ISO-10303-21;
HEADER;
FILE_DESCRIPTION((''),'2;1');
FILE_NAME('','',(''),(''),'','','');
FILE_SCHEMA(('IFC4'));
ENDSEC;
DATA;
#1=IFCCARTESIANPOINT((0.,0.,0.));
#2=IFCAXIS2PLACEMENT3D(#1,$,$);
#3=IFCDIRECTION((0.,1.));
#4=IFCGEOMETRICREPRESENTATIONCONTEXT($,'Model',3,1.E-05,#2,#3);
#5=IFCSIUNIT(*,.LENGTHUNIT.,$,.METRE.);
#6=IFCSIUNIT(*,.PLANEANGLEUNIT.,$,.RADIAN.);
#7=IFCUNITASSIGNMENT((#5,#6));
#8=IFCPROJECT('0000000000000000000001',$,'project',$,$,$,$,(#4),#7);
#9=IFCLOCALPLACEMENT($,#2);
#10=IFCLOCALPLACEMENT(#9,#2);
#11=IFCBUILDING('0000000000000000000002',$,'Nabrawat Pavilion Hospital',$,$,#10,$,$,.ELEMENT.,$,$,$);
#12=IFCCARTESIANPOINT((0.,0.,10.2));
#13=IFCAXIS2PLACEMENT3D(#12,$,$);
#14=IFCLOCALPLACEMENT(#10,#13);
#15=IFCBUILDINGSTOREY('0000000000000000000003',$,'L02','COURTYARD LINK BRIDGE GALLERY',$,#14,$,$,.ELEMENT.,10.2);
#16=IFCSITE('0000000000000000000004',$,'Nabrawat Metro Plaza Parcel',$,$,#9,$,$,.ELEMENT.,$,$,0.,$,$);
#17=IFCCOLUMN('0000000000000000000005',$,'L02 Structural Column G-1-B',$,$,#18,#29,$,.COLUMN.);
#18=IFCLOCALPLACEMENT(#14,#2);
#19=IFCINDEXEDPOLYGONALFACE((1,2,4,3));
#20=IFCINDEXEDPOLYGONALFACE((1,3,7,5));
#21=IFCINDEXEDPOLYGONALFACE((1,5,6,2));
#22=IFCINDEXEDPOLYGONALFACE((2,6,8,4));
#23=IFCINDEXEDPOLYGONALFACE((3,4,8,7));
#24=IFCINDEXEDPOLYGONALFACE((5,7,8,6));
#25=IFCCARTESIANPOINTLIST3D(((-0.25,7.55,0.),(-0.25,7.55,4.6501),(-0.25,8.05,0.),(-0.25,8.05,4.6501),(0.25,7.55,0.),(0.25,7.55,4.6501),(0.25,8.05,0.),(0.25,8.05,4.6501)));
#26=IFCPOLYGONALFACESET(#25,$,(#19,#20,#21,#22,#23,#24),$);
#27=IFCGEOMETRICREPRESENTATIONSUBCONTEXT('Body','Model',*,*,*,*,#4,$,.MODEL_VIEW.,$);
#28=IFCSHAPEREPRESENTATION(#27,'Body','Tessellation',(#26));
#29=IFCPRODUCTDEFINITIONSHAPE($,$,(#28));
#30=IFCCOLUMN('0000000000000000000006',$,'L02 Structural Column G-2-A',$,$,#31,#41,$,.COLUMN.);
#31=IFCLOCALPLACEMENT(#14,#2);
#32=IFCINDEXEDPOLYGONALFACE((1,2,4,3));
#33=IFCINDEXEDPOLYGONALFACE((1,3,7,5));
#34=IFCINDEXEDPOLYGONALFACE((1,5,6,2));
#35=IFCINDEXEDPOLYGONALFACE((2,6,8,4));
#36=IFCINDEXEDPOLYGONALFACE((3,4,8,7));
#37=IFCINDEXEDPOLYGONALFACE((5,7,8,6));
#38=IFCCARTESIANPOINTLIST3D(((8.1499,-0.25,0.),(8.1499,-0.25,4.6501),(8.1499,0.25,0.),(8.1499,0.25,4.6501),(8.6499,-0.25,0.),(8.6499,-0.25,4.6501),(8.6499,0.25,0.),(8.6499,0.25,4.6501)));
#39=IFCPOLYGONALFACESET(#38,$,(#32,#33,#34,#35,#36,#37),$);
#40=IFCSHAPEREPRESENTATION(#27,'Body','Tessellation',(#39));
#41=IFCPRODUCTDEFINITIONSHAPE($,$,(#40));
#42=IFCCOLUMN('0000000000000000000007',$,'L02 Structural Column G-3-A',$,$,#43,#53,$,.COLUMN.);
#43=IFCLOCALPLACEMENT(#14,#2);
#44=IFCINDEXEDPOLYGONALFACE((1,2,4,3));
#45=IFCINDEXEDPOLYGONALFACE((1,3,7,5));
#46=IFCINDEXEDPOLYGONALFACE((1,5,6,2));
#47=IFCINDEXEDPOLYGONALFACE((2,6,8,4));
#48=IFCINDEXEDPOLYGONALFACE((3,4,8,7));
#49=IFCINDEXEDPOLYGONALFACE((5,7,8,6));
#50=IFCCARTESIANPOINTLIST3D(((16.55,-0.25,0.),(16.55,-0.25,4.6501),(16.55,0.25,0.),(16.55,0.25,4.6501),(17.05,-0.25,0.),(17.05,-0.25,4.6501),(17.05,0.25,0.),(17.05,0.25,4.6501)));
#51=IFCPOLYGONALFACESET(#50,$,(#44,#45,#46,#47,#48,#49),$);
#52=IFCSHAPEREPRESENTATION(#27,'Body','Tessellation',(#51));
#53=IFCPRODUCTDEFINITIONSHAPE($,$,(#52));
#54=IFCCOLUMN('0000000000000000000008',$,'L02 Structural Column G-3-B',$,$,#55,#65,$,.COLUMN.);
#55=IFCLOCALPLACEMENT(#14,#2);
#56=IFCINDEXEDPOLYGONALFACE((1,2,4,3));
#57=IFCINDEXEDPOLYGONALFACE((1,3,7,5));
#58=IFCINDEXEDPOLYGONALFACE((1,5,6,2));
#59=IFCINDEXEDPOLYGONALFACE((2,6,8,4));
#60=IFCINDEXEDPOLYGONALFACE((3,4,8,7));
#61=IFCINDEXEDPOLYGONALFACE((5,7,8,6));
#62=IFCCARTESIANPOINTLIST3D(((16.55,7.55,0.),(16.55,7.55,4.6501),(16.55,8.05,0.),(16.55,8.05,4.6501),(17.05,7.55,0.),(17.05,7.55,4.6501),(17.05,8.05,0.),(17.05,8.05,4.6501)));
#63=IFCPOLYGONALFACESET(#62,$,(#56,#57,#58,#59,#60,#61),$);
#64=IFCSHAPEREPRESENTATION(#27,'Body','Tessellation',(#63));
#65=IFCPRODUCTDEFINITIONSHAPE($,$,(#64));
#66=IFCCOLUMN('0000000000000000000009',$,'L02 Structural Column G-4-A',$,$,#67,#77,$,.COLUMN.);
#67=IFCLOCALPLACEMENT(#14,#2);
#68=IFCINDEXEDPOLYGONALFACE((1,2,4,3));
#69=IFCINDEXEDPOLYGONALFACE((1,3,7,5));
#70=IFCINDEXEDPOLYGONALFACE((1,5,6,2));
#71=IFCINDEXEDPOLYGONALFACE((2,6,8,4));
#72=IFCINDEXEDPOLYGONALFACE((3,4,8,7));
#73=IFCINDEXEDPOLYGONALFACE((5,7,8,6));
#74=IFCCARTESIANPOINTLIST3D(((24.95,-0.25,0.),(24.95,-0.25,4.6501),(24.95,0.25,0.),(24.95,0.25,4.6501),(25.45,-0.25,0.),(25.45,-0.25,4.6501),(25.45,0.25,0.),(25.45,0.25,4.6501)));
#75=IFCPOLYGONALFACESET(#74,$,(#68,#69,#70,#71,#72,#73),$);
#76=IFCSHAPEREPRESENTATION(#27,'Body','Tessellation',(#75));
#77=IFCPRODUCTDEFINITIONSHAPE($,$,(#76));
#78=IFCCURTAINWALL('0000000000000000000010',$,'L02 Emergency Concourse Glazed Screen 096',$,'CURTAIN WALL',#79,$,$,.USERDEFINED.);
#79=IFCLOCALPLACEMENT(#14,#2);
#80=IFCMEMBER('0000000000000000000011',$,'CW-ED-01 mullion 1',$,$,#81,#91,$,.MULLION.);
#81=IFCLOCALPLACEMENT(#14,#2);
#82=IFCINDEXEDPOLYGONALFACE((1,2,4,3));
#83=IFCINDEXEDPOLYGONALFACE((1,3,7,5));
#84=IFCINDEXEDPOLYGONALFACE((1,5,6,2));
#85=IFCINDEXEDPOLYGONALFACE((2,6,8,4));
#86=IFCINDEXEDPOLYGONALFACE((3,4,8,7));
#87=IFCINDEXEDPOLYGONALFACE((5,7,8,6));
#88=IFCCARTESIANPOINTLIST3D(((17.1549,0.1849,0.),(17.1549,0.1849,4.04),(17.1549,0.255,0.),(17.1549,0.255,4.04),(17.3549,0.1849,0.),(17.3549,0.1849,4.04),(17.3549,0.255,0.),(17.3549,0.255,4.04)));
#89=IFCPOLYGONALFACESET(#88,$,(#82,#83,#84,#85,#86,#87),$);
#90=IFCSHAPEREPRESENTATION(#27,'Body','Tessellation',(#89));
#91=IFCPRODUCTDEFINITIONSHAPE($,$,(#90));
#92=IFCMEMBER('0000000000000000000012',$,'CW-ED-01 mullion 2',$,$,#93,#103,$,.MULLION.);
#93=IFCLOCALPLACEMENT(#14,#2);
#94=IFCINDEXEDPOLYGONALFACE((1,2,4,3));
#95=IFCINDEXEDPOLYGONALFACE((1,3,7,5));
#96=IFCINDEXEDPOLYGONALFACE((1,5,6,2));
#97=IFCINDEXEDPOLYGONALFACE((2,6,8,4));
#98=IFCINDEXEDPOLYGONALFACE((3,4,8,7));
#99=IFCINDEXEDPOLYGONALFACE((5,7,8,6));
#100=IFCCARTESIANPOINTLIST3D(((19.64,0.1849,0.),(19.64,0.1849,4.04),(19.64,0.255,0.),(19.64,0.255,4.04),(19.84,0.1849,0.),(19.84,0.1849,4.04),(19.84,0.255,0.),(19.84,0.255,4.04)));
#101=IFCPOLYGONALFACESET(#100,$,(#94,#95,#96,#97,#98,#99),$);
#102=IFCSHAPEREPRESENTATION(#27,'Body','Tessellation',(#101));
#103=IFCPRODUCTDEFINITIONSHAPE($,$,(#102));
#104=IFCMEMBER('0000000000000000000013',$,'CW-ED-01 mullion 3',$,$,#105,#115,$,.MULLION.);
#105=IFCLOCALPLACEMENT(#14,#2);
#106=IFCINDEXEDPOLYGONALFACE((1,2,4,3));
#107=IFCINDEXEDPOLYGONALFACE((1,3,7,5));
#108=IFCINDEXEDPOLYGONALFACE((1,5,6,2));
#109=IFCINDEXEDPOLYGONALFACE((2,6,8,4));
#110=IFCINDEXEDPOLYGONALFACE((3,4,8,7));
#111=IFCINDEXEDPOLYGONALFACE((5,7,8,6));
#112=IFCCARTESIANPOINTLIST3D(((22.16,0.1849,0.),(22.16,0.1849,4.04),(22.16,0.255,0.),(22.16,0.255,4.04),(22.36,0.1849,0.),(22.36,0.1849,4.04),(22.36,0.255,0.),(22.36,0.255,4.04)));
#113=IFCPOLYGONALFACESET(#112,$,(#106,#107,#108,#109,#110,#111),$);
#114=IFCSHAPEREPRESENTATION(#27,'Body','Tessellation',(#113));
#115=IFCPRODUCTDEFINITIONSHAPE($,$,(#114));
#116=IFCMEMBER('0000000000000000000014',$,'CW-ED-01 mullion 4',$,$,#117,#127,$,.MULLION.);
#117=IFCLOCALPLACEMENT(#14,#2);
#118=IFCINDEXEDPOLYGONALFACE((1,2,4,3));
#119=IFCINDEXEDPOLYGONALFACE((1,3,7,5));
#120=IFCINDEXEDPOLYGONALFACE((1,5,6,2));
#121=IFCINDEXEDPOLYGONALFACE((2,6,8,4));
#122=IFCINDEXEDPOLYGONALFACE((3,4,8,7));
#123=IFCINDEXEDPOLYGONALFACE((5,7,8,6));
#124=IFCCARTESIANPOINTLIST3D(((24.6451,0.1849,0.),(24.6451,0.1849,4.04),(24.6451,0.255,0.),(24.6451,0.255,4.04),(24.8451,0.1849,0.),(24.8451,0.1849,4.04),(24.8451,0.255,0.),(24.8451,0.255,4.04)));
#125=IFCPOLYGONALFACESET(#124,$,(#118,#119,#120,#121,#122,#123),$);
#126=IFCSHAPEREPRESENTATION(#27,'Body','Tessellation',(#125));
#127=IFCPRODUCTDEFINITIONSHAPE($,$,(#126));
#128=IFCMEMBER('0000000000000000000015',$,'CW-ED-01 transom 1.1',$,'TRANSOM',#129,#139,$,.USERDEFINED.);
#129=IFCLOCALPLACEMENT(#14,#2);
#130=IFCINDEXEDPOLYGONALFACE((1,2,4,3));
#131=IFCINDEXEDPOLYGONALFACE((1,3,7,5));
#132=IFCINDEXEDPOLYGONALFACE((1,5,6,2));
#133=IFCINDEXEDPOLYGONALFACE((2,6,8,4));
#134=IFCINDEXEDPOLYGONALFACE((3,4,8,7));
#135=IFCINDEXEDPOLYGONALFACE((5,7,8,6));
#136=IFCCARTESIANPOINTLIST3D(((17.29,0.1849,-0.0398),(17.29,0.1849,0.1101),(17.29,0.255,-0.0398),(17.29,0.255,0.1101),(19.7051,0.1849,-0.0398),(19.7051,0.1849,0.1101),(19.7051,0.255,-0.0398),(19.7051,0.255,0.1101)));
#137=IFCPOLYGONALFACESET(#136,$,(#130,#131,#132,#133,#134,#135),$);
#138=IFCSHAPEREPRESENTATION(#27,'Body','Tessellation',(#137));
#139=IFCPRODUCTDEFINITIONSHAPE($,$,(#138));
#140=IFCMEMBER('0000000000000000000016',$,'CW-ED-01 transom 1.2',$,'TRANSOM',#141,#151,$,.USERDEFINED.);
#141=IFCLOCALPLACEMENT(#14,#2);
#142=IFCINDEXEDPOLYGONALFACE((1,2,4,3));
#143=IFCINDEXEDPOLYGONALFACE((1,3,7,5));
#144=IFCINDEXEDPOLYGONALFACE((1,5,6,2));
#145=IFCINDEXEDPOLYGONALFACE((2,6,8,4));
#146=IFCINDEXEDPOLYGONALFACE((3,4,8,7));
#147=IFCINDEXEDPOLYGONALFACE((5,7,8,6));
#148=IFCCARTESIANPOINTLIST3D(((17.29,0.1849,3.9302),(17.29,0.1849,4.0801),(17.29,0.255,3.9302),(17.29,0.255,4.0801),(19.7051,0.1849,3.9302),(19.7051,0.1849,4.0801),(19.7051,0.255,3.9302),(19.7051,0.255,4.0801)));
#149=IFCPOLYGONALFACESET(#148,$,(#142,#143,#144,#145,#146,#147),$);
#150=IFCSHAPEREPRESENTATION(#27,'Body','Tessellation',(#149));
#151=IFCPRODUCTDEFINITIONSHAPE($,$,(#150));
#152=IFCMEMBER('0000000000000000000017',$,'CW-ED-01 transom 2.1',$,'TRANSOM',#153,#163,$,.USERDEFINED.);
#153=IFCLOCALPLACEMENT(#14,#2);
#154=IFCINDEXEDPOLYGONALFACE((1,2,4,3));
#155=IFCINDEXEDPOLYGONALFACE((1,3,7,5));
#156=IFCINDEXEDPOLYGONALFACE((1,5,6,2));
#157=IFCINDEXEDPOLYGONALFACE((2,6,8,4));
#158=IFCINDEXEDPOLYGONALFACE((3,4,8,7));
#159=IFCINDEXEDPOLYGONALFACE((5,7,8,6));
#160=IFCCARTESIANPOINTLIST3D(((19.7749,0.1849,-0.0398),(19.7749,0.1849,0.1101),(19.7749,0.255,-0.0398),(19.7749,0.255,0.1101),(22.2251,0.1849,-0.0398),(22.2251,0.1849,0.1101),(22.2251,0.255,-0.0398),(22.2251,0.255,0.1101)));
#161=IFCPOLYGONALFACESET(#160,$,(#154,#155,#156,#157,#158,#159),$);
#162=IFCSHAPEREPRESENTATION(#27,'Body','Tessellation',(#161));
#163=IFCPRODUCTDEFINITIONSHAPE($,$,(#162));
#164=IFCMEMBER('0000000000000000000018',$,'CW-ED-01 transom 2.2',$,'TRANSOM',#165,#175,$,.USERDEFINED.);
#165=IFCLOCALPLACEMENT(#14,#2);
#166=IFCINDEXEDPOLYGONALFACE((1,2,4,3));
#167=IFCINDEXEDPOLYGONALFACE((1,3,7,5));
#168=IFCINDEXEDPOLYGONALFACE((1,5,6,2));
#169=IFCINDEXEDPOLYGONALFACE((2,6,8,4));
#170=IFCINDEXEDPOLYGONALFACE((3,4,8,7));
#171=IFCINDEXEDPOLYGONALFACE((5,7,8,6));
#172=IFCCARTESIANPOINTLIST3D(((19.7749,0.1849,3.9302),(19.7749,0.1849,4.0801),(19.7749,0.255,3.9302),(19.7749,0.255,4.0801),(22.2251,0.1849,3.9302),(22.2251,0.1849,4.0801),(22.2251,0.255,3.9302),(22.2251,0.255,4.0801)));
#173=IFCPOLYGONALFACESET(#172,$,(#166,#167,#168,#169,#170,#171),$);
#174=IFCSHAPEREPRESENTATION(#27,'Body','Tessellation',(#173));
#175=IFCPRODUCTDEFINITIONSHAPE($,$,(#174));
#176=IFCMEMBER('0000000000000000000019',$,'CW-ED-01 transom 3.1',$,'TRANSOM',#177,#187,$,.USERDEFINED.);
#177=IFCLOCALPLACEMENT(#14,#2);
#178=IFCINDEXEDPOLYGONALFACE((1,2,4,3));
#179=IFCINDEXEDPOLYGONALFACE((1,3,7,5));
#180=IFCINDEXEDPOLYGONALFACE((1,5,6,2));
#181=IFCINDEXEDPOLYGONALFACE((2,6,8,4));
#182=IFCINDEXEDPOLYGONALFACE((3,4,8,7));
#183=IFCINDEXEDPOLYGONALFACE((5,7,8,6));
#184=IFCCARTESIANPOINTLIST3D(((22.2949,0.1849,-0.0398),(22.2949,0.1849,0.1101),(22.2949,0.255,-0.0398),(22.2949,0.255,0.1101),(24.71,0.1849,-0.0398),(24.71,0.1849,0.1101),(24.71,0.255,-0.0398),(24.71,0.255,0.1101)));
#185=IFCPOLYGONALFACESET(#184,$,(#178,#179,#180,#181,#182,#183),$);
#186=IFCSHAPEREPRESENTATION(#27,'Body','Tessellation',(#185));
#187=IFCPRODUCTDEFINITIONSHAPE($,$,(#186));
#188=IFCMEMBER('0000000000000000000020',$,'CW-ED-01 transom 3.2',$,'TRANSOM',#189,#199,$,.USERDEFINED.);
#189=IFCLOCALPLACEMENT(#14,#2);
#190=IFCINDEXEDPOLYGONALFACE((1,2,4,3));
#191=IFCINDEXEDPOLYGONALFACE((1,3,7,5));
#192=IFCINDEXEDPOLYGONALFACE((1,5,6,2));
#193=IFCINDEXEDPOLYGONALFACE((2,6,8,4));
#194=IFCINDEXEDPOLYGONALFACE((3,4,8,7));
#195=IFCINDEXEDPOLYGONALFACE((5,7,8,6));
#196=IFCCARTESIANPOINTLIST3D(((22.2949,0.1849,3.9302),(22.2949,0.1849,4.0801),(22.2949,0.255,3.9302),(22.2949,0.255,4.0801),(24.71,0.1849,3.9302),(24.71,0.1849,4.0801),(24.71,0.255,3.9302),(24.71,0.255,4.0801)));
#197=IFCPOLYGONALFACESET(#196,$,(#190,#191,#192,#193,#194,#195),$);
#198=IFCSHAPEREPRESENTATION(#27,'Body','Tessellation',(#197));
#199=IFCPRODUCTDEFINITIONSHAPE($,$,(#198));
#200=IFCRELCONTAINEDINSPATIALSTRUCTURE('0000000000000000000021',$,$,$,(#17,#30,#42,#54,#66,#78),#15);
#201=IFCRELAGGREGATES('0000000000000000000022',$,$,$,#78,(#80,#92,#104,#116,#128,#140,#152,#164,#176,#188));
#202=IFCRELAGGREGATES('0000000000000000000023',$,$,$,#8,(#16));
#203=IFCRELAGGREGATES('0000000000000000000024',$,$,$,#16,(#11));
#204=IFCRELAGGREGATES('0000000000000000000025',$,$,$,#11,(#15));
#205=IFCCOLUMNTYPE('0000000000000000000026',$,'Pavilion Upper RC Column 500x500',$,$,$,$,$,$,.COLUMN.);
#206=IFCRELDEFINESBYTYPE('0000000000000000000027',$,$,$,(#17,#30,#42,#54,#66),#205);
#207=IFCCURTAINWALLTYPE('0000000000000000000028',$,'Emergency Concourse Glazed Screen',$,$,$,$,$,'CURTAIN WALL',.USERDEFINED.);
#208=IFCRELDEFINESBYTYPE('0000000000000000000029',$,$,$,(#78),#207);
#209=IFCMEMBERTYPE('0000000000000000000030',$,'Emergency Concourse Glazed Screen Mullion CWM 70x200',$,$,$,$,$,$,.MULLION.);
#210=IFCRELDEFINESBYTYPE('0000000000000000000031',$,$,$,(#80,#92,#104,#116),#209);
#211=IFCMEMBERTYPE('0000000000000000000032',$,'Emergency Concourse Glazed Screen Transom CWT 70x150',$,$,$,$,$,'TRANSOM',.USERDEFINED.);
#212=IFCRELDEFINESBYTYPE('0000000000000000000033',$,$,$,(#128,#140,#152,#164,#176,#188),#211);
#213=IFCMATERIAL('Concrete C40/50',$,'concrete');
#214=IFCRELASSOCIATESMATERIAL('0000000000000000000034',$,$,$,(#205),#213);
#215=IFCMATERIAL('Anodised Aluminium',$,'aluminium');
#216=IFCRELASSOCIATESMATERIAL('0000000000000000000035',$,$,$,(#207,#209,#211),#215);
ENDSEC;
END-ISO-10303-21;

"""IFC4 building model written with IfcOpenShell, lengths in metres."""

from ifc_helpers import new_model, si_unit, direction, frame, origin, origin_2d, place, context, subcontext, project, spatial, rectangle, extrude, material, material_profile, profile_set, type_object, element, aggregate, save


model = new_model("IFC4")

# Units and contexts
model_context = context("Model", 3, precision=1e-05, world=origin(), true_north=direction((0.0, 1.0)))
body_context = subcontext(model_context, "Body", "Model", "MODEL_VIEW")
ifc_project = project(units=[si_unit("LENGTHUNIT", "METRE"), si_unit("PLANEANGLEUNIT", "RADIAN")], contexts=[model_context])

# Site, building, storey
site_placement = place(None, origin())
site = spatial("IfcSite", under=ifc_project, at=site_placement, Name="Nabrawat Metro Plaza Parcel", CompositionType="ELEMENT", RefElevation=0.0)
building_placement = place(site_placement, origin())
building = spatial("IfcBuilding", under=site, at=building_placement, Name="Nabrawat Pavilion Hospital", CompositionType="ELEMENT")
storey_placement = place(building_placement, frame((0.0, 0.0, 10.2)))
storey = spatial("IfcBuildingStorey", under=building, at=storey_placement, Name="L02", Description="COURTYARD LINK BRIDGE GALLERY", CompositionType="ELEMENT", Elevation=10.2)

# Columns
ifc_material_1 = material(Name="Concrete C40/50", Category="concrete")
ifc_material_profile_1 = material_profile(ifc_material_1, rectangle(XDim=0.5, YDim=0.5, at=origin_2d()), Name="RC 500x500")
ifc_profile_set_1 = profile_set([ifc_material_profile_1], Name="Concrete C40/50")
column_type = type_object("IfcColumnType", Name="Pavilion Upper RC Column 500x500", PredefinedType="COLUMN", material=ifc_profile_set_1)
for number, where, z_axis, x_axis, name in (
    (1, (0.0, 7.8, 0.0), (0.0, 0.0, 1.0), (1.0, 0.0, 0.0), "L02 Structural Column G-1-B"),
    (2, (8.3999, 0.0, 0.0), (0.0, 0.0, 1.0), (1.0, 0.0, 0.0), "L02 Structural Column G-2-A"),
    (3, (16.8, 0.0, 0.0), (0.0, 0.0, 1.0), (1.0, 0.0, 0.0), "L02 Structural Column G-3-A"),
    (4, (16.8, 7.8, 0.0), (0.0, 0.0, 1.0), (1.0, 0.0, 0.0), "L02 Structural Column G-3-B"),
    (5, (25.2, 0.0, 0.0), (0.0, 0.0, 1.0), (1.0, 0.0, 0.0), "L02 Structural Column G-4-A"),
):
    element("IfcColumn", number, at=place(storey_placement, frame(where, z_axis=z_axis, x_axis=x_axis)), inside=storey, type_object=column_type, Name=name, PredefinedType="COLUMN", context=body_context, shape_type="SweptSolid", body=[
        extrude(rectangle(XDim=0.5, YDim=0.5, at=origin_2d()), origin(), (0.0, 0.0, 1.0), 4.6501),
    ])

# Curtain wall, members
ifc_material_2 = material(Name="Anodised Aluminium", Category="aluminium")
curtain_wall_type = type_object("IfcCurtainWallType", Name="Emergency Concourse Glazed Screen", ElementType="CURTAIN WALL", PredefinedType="USERDEFINED", material=ifc_material_2)
curtain_wall_placement = place(storey_placement, origin())
curtain_wall = element("IfcCurtainWall", 6, at=curtain_wall_placement, inside=storey, type_object=curtain_wall_type, Name="L02 Emergency Concourse Glazed Screen 096", ObjectType="CURTAIN WALL", PredefinedType="USERDEFINED")
ifc_material_profile_2 = material_profile(ifc_material_2, rectangle(XDim=0.0701, YDim=0.2, at=origin_2d()), Name="CWM 70x200")
ifc_profile_set_2 = profile_set([ifc_material_profile_2], Name="Anodised Aluminium")
member_type_1 = type_object("IfcMemberType", Name="Emergency Concourse Glazed Screen Mullion CWM 70x200", PredefinedType="MULLION", material=ifc_profile_set_2)
member_1_placement = place(storey_placement, frame((17.2549, 0.22, 0.0), z_axis=(0.0, 0.0, 1.0), x_axis=(0.0, 1.0, 0.0)))
member_1 = element("IfcMember", 7, at=member_1_placement, type_object=member_type_1, Name="CW-ED-01 mullion 1", PredefinedType="MULLION", context=body_context, shape_type="SweptSolid", body=[
    extrude(rectangle(XDim=0.0701, YDim=0.2, at=origin_2d()), origin(), (0.0, 0.0, 1.0), 4.04),
])
member_2_placement = place(storey_placement, frame((19.74, 0.22, 0.0), z_axis=(0.0, 0.0, 1.0), x_axis=(0.0, 1.0, 0.0)))
member_2 = element("IfcMember", 8, at=member_2_placement, type_object=member_type_1, Name="CW-ED-01 mullion 2", PredefinedType="MULLION", context=body_context, shape_type="SweptSolid", body=[
    extrude(rectangle(XDim=0.0701, YDim=0.2, at=origin_2d()), origin(), (0.0, 0.0, 1.0), 4.04),
])
member_3_placement = place(storey_placement, frame((22.26, 0.22, 0.0), z_axis=(0.0, 0.0, 1.0), x_axis=(0.0, 1.0, 0.0)))
member_3 = element("IfcMember", 9, at=member_3_placement, type_object=member_type_1, Name="CW-ED-01 mullion 3", PredefinedType="MULLION", context=body_context, shape_type="SweptSolid", body=[
    extrude(rectangle(XDim=0.0701, YDim=0.2, at=origin_2d()), origin(), (0.0, 0.0, 1.0), 4.04),
])
member_4_placement = place(storey_placement, frame((24.7451, 0.22, 0.0), z_axis=(0.0, 0.0, 1.0), x_axis=(0.0, 1.0, 0.0)))
member_4 = element("IfcMember", 10, at=member_4_placement, type_object=member_type_1, Name="CW-ED-01 mullion 4", PredefinedType="MULLION", context=body_context, shape_type="SweptSolid", body=[
    extrude(rectangle(XDim=0.0701, YDim=0.2, at=origin_2d()), origin(), (0.0, 0.0, 1.0), 4.04),
])
ifc_material_profile_3 = material_profile(ifc_material_2, rectangle(XDim=0.0701, YDim=0.1499, at=origin_2d()), Name="CWT 70x150")
ifc_profile_set_3 = profile_set([ifc_material_profile_3], Name="Anodised Aluminium")
member_type_2 = type_object("IfcMemberType", Name="Emergency Concourse Glazed Screen Transom CWT 70x150", ElementType="TRANSOM", PredefinedType="USERDEFINED", material=ifc_profile_set_3)
member_5_placement = place(storey_placement, frame((17.29, 0.22, 0.0352), z_axis=(1.0, 0.0, 0.0), x_axis=(0.0, 1.0, 0.0)))
member_5 = element("IfcMember", 11, at=member_5_placement, type_object=member_type_2, Name="CW-ED-01 transom 1.1", ObjectType="TRANSOM", PredefinedType="USERDEFINED", context=body_context, shape_type="SweptSolid", body=[
    extrude(rectangle(XDim=0.0701, YDim=0.1499, at=origin_2d()), origin(), (0.0, 0.0, 1.0), 2.415),
])
member_6_placement = place(storey_placement, frame((17.29, 0.22, 4.0051), z_axis=(1.0, 0.0, 0.0), x_axis=(0.0, 1.0, 0.0)))
member_6 = element("IfcMember", 12, at=member_6_placement, type_object=member_type_2, Name="CW-ED-01 transom 1.2", ObjectType="TRANSOM", PredefinedType="USERDEFINED", context=body_context, shape_type="SweptSolid", body=[
    extrude(rectangle(XDim=0.0701, YDim=0.1499, at=origin_2d()), origin(), (0.0, 0.0, 1.0), 2.415),
])
member_7_placement = place(storey_placement, frame((19.7749, 0.22, 0.0352), z_axis=(1.0, 0.0, 0.0), x_axis=(0.0, 1.0, 0.0)))
member_7 = element("IfcMember", 13, at=member_7_placement, type_object=member_type_2, Name="CW-ED-01 transom 2.1", ObjectType="TRANSOM", PredefinedType="USERDEFINED", context=body_context, shape_type="SweptSolid", body=[
    extrude(rectangle(XDim=0.0701, YDim=0.1499, at=origin_2d()), origin(), (0.0, 0.0, 1.0), 2.4502),
])
member_8_placement = place(storey_placement, frame((19.7749, 0.22, 4.0051), z_axis=(1.0, 0.0, 0.0), x_axis=(0.0, 1.0, 0.0)))
member_8 = element("IfcMember", 14, at=member_8_placement, type_object=member_type_2, Name="CW-ED-01 transom 2.2", ObjectType="TRANSOM", PredefinedType="USERDEFINED", context=body_context, shape_type="SweptSolid", body=[
    extrude(rectangle(XDim=0.0701, YDim=0.1499, at=origin_2d()), origin(), (0.0, 0.0, 1.0), 2.4502),
])
member_9_placement = place(storey_placement, frame((22.2949, 0.22, 0.0352), z_axis=(1.0, 0.0, 0.0), x_axis=(0.0, 1.0, 0.0)))
member_9 = element("IfcMember", 15, at=member_9_placement, type_object=member_type_2, Name="CW-ED-01 transom 3.1", ObjectType="TRANSOM", PredefinedType="USERDEFINED", context=body_context, shape_type="SweptSolid", body=[
    extrude(rectangle(XDim=0.0701, YDim=0.1499, at=origin_2d()), origin(), (0.0, 0.0, 1.0), 2.415),
])
member_10_placement = place(storey_placement, frame((22.2949, 0.22, 4.0051), z_axis=(1.0, 0.0, 0.0), x_axis=(0.0, 1.0, 0.0)))
member_10 = element("IfcMember", 16, at=member_10_placement, type_object=member_type_2, Name="CW-ED-01 transom 3.2", ObjectType="TRANSOM", PredefinedType="USERDEFINED", context=body_context, shape_type="SweptSolid", body=[
    extrude(rectangle(XDim=0.0701, YDim=0.1499, at=origin_2d()), origin(), (0.0, 0.0, 1.0), 2.415),
])

aggregate(curtain_wall, [member_1, member_2, member_3, member_4, member_5, member_6, member_7, member_8, member_9, member_10])

save(model, "model.ifc")
